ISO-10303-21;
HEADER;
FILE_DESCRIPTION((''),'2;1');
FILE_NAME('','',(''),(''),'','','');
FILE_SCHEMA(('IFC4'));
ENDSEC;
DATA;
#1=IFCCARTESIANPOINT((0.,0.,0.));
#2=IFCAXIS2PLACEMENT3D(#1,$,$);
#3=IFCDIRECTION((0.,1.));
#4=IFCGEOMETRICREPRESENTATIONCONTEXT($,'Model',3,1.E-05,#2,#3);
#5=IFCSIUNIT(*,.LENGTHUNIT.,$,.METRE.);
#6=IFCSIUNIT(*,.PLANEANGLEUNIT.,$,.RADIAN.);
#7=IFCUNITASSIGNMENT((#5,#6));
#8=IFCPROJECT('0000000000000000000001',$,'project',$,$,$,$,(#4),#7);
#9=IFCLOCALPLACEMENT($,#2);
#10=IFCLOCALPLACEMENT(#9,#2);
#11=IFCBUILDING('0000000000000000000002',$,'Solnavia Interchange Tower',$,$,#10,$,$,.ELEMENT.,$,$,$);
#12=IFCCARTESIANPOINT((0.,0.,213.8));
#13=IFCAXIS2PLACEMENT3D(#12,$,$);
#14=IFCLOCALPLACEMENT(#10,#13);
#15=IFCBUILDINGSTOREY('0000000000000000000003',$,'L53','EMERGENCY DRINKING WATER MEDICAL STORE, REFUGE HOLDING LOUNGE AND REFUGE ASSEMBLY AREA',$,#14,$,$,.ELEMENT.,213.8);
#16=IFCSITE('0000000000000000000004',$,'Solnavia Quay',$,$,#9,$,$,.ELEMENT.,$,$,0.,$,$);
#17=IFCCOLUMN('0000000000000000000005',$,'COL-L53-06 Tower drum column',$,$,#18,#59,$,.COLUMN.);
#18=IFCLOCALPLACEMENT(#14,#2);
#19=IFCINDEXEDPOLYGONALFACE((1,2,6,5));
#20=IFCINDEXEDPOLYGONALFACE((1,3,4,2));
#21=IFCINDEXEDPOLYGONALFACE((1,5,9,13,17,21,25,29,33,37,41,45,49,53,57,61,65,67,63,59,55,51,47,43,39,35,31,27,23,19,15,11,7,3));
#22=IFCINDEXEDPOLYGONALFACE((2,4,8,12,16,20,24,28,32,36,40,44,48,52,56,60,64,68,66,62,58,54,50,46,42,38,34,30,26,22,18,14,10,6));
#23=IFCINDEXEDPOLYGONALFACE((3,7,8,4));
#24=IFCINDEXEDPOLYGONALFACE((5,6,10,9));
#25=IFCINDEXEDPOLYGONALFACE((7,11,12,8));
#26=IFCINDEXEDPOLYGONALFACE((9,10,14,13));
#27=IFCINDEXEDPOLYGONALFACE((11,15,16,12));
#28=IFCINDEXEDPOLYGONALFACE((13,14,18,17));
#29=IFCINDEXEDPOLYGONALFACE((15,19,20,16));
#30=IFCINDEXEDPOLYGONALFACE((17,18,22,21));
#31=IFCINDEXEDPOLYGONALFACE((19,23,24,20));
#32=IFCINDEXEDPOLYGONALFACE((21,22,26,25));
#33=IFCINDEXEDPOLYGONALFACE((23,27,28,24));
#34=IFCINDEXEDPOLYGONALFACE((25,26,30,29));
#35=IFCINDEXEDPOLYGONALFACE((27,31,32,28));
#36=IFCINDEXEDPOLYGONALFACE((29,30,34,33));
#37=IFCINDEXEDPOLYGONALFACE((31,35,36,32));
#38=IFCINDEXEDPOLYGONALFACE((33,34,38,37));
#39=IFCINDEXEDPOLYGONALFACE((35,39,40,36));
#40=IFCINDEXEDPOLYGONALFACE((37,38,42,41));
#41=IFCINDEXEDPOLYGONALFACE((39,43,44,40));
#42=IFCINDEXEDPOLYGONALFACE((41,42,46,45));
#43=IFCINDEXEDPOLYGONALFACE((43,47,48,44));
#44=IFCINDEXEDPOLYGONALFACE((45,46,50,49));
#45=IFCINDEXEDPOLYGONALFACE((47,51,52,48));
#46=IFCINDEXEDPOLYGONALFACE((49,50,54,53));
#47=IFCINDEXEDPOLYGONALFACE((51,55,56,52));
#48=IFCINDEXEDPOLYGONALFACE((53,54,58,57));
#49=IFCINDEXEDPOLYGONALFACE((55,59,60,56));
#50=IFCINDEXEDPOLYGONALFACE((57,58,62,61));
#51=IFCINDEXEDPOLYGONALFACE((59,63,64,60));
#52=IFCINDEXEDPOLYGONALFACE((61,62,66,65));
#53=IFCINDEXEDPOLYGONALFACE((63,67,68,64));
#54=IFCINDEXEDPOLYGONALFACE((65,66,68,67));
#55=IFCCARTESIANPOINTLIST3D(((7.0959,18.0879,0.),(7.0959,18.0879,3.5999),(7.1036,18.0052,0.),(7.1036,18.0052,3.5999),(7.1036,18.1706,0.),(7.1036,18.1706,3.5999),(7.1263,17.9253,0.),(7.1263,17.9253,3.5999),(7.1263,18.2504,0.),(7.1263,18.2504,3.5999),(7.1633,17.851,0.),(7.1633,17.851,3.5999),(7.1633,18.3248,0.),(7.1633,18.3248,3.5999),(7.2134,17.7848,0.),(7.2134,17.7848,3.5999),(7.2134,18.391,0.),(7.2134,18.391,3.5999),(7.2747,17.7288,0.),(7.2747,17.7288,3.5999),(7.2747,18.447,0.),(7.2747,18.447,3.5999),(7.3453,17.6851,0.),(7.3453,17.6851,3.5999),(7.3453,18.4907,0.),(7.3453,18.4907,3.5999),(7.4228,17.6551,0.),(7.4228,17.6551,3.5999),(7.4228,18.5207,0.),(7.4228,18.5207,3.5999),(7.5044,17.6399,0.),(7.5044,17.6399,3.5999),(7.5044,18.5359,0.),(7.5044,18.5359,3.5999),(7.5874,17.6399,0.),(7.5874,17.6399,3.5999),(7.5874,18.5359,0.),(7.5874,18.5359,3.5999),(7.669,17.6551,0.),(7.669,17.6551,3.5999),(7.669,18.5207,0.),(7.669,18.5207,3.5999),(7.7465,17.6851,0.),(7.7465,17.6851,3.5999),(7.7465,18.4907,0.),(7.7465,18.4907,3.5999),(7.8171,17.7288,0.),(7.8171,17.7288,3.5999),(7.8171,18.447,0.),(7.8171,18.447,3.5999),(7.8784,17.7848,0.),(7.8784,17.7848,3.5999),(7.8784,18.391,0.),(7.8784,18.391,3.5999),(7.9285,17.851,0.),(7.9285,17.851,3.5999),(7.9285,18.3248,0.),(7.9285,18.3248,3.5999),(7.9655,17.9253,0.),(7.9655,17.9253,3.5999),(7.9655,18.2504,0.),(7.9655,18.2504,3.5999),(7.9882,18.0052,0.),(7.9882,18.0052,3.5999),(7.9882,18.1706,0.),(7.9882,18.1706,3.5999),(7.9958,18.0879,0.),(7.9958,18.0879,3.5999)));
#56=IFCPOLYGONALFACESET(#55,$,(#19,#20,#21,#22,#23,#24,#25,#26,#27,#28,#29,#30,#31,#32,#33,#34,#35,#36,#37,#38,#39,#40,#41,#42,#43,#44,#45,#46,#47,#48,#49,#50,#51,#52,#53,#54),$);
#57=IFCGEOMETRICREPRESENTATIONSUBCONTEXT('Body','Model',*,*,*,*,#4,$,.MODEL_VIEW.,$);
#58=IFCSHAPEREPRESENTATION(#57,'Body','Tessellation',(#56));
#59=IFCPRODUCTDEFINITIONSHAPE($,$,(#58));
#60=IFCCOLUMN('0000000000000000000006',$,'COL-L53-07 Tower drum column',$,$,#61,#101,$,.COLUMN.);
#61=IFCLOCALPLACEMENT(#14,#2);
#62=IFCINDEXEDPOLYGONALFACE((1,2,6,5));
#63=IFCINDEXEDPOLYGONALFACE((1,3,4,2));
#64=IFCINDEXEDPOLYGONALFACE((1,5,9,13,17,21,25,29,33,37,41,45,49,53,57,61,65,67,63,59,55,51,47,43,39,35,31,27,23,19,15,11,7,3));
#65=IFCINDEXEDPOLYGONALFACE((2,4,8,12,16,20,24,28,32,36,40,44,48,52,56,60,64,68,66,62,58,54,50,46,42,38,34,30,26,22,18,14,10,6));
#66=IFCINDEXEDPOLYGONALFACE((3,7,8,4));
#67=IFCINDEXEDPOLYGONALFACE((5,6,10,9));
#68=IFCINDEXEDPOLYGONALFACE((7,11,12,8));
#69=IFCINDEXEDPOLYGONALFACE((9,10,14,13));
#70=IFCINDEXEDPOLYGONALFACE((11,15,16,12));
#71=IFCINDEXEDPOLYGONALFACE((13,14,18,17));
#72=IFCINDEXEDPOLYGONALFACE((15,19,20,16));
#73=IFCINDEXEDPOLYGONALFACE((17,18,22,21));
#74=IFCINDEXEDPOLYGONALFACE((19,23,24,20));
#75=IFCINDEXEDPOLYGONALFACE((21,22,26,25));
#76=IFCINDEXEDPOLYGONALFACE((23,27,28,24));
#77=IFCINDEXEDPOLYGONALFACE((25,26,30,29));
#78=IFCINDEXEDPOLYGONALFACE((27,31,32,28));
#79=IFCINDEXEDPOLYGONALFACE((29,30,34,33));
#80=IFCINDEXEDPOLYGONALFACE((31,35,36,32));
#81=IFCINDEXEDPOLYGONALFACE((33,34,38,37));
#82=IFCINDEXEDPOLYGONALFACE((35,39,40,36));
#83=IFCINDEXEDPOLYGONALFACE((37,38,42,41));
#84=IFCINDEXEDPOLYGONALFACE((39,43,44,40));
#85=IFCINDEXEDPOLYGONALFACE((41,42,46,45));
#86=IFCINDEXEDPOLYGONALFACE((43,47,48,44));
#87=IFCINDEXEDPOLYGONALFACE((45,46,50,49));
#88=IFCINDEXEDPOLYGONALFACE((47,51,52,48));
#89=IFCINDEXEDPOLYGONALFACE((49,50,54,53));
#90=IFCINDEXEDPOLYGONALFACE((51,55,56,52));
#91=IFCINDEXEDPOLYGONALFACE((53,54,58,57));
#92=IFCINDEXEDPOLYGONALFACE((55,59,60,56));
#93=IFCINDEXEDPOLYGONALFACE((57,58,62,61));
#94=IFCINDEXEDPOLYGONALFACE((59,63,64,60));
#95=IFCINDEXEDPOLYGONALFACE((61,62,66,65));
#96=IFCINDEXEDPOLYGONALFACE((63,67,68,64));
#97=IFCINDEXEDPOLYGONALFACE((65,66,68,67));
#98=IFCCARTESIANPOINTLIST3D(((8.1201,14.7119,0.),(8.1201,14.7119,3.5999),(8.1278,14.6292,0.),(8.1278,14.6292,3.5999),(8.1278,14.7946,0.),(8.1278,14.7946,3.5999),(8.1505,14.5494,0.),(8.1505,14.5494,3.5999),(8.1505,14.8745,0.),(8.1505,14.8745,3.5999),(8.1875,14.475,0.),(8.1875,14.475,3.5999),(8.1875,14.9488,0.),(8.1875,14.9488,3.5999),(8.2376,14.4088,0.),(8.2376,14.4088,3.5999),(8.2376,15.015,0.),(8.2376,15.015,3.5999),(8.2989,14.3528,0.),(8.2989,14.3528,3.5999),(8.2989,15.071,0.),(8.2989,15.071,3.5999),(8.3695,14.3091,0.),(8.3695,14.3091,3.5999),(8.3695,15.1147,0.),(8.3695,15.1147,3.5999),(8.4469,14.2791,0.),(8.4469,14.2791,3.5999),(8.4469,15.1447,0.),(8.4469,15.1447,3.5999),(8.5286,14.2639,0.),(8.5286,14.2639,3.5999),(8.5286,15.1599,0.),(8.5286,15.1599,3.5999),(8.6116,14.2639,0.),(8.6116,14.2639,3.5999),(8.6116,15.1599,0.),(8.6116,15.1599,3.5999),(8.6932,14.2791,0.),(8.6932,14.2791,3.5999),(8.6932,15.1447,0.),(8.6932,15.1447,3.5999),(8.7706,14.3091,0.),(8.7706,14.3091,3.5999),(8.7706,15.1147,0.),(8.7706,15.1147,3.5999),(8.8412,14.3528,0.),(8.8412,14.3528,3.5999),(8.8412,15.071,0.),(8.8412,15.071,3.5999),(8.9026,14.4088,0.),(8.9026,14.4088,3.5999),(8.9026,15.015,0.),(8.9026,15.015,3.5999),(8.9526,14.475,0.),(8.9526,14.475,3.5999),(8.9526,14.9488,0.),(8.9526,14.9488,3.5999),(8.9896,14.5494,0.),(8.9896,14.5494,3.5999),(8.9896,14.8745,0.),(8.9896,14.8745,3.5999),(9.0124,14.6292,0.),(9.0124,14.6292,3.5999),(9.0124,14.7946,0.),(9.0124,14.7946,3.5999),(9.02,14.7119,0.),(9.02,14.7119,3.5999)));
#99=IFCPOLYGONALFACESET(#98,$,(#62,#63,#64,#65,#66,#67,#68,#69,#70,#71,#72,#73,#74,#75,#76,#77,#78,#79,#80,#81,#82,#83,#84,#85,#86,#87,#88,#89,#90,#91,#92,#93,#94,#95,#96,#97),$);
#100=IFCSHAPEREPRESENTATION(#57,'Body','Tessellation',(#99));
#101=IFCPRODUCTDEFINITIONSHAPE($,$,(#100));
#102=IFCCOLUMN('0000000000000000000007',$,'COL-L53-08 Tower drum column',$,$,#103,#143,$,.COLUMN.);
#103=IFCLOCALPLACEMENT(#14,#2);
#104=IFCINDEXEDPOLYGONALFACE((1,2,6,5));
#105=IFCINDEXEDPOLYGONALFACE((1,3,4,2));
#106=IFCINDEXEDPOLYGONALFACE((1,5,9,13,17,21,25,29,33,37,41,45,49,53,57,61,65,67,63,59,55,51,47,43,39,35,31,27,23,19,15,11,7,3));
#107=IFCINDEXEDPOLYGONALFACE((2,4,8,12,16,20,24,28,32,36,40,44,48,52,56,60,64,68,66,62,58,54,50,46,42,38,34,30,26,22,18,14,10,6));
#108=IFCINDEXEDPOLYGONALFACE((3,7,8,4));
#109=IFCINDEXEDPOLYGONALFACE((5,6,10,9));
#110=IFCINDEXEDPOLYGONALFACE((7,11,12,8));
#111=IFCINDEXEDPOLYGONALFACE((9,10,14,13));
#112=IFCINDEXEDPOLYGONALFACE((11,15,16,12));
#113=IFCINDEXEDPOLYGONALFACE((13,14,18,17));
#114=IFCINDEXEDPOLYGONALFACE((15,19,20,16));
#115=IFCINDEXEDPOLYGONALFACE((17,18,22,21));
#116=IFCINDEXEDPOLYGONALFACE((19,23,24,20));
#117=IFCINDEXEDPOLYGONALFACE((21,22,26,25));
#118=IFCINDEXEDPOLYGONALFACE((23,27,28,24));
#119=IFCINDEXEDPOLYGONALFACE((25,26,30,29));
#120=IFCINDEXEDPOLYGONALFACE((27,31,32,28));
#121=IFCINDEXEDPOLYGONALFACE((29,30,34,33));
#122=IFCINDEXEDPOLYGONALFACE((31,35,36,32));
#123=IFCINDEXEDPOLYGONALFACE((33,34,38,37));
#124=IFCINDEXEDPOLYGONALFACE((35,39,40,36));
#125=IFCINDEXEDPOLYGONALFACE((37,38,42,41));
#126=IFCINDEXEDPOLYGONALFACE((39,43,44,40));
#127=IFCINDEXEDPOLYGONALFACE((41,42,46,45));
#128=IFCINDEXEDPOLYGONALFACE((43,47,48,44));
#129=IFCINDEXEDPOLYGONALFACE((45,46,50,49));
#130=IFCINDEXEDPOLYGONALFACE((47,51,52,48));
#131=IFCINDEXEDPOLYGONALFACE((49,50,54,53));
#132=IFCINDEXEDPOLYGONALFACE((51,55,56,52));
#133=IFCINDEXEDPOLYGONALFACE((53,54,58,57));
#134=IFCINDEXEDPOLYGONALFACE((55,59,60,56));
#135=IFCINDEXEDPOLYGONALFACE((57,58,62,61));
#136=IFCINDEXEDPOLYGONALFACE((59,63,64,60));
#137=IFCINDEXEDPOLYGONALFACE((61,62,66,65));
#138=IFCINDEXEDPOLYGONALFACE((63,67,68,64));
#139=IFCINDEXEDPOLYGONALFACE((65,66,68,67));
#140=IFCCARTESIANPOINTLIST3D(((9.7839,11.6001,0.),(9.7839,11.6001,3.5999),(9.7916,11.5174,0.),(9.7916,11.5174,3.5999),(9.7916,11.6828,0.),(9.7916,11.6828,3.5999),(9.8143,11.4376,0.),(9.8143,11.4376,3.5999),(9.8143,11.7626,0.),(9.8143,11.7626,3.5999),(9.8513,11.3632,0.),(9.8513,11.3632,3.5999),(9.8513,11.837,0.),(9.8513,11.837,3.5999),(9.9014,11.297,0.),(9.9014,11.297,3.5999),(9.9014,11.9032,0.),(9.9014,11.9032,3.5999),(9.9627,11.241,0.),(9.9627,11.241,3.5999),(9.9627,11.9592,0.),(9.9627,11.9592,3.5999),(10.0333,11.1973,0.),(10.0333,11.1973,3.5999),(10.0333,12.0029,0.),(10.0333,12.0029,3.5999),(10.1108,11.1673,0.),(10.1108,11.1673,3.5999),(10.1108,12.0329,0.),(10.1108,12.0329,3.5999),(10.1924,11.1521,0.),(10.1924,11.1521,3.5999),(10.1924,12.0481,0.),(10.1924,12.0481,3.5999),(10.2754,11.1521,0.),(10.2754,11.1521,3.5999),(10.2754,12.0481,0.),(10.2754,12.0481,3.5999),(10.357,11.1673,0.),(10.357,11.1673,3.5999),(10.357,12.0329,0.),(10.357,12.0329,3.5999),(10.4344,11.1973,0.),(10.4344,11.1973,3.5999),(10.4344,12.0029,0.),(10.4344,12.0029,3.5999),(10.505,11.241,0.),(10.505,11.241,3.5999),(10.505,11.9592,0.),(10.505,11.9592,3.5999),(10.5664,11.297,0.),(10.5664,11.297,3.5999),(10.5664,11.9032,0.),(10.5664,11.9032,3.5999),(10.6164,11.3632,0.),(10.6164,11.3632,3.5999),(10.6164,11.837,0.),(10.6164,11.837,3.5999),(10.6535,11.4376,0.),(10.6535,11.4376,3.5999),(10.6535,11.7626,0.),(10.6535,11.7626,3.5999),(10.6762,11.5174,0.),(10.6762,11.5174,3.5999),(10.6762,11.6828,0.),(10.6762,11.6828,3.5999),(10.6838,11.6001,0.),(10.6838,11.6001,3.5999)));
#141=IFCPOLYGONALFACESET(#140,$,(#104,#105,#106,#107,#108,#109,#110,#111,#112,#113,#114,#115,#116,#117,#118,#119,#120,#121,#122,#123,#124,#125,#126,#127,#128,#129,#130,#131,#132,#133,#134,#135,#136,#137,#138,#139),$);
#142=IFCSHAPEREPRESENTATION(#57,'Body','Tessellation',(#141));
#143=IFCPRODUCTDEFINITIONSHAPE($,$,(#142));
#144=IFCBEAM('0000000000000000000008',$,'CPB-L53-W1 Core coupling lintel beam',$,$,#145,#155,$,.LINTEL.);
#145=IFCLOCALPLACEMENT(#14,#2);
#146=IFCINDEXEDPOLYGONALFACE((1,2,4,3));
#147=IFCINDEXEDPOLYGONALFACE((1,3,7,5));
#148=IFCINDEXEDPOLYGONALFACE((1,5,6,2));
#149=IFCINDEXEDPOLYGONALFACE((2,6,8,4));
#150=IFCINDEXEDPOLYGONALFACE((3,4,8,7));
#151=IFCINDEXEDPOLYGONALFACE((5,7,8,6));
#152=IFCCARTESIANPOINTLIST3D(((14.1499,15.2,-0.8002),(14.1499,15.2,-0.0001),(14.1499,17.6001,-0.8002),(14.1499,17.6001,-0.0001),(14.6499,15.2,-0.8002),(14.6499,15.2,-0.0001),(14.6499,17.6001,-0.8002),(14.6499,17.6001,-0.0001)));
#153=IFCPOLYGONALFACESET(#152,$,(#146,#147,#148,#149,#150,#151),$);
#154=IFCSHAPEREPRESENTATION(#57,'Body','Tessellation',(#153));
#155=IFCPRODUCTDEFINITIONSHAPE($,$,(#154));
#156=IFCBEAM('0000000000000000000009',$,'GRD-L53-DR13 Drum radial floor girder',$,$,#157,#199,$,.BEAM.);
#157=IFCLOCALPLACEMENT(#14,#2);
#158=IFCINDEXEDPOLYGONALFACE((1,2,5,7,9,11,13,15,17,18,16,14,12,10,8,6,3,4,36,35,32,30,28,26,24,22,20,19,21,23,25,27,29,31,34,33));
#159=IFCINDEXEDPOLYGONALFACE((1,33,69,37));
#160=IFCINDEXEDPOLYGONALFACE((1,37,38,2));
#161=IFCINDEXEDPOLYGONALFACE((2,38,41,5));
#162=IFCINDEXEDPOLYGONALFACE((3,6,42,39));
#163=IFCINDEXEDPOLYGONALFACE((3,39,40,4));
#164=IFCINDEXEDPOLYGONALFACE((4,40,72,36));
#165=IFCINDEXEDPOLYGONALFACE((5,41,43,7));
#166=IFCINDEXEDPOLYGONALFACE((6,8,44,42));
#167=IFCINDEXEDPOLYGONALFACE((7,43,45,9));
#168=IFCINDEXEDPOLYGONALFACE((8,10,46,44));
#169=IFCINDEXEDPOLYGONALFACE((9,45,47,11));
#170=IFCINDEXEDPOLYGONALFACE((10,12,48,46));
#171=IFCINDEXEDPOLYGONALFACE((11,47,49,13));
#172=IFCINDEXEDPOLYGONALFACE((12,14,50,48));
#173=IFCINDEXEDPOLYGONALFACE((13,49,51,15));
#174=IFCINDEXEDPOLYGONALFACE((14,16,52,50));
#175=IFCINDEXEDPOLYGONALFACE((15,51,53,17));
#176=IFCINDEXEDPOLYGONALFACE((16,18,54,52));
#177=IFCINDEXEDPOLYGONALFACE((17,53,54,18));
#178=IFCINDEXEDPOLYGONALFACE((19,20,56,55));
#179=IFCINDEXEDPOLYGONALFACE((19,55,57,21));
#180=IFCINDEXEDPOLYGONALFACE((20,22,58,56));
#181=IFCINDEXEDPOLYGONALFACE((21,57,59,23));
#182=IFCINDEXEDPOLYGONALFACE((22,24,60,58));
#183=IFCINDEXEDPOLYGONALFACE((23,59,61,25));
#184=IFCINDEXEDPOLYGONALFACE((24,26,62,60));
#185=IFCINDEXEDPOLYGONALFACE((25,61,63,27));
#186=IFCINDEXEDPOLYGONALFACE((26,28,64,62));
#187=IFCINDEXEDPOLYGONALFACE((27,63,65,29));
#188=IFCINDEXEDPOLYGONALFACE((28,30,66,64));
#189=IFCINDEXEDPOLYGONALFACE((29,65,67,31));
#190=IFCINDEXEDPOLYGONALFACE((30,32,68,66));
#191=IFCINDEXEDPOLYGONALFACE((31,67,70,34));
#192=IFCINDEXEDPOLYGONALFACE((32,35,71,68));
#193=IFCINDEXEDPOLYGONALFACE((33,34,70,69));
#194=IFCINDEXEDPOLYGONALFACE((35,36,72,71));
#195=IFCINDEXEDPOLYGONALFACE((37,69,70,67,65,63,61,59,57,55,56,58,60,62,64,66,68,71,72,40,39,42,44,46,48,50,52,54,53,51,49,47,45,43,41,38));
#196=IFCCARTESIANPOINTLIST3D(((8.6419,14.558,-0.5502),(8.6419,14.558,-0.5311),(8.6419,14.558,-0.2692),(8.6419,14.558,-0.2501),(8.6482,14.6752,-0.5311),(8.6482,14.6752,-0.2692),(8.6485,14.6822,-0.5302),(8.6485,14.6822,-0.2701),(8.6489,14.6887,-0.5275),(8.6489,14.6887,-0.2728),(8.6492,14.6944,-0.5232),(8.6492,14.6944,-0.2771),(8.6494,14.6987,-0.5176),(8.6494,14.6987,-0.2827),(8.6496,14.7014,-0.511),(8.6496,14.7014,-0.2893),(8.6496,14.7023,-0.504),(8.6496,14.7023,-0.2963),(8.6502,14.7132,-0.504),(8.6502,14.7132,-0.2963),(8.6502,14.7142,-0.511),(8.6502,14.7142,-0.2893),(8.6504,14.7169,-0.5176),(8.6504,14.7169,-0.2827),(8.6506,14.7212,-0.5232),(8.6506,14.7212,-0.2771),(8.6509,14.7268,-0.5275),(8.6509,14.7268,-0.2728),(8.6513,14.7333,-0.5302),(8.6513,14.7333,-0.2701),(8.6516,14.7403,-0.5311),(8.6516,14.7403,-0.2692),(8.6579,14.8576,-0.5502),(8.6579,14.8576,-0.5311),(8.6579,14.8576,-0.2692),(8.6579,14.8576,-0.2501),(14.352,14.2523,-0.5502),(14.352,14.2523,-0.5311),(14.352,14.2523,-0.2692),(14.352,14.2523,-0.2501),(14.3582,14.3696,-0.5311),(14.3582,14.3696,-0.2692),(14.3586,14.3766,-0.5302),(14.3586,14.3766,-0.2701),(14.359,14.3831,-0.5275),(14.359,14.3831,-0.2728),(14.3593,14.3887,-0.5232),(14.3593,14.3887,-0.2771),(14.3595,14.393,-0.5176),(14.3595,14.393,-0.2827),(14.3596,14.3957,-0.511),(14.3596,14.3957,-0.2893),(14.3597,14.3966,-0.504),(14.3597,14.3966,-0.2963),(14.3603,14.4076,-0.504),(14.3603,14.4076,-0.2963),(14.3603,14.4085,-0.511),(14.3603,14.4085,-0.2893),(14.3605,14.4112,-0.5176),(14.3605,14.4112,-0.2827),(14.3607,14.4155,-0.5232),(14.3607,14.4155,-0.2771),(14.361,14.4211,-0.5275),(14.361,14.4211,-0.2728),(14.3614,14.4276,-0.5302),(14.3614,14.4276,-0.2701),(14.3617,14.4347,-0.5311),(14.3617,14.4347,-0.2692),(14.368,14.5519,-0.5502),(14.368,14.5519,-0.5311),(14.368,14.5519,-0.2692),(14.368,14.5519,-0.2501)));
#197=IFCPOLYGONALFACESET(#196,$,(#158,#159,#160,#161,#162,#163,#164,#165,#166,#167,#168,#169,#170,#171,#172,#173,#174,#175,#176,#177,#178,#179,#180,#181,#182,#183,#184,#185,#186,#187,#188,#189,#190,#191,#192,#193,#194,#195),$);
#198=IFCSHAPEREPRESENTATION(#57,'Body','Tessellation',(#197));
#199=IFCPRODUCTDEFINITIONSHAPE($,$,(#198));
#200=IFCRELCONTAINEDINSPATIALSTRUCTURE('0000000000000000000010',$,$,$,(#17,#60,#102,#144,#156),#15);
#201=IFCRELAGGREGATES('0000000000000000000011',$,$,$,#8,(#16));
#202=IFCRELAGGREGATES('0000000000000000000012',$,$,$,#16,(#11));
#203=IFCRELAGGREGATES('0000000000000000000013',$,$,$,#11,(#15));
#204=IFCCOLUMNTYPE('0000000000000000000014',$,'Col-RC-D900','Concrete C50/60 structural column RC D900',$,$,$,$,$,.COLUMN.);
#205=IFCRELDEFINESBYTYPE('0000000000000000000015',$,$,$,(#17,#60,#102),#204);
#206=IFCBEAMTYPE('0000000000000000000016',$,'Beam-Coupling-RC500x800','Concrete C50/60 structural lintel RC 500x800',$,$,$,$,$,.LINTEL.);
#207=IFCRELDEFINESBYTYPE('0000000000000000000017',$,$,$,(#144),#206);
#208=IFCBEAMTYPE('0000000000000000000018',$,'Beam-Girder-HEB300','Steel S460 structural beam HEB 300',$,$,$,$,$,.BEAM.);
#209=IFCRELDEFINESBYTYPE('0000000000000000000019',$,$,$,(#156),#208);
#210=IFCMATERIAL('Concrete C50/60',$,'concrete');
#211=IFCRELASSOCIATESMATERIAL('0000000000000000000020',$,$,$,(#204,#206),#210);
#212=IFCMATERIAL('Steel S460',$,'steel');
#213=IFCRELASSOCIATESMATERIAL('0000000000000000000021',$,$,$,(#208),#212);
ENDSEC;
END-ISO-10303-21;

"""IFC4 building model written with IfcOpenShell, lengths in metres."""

from ifc_helpers import new_model, si_unit, direction, frame, origin, origin_2d, place, context, subcontext, project, spatial, rectangle, circle, i_section, extrude, material, material_profile, profile_set, type_object, element, save


model = new_model("IFC4")

# Units and contexts
model_context = context("Model", 3, precision=1e-05, world=origin(), true_north=direction((0.0, 1.0)))
body_context = subcontext(model_context, "Body", "Model", "MODEL_VIEW")
ifc_project = project(units=[si_unit("LENGTHUNIT", "METRE"), si_unit("PLANEANGLEUNIT", "RADIAN")], contexts=[model_context])

# Site, building, storey
site_placement = place(None, origin())
site = spatial("IfcSite", under=ifc_project, at=site_placement, Name="Solnavia Quay", CompositionType="ELEMENT", RefElevation=0.0)
building_placement = place(site_placement, origin())
building = spatial("IfcBuilding", under=site, at=building_placement, Name="Solnavia Interchange Tower", CompositionType="ELEMENT")
storey_placement = place(building_placement, frame((0.0, 0.0, 213.8)))
storey = spatial("IfcBuildingStorey", under=building, at=storey_placement, Name="L53", Description="EMERGENCY DRINKING WATER MEDICAL STORE, REFUGE HOLDING LOUNGE AND REFUGE ASSEMBLY AREA", CompositionType="ELEMENT", Elevation=213.8)

# Columns
ifc_material_1 = material(Name="Concrete C50/60", Category="concrete")
ifc_material_profile_1 = material_profile(ifc_material_1, circle(Radius=0.45, at=origin_2d()), Name="RC D900")
ifc_profile_set_1 = profile_set([ifc_material_profile_1], Name="Concrete C50/60")
column_type = type_object("IfcColumnType", Name="Col-RC-D900", Description="Concrete C50/60 structural column RC D900", PredefinedType="COLUMN", material=ifc_profile_set_1)
for number, where, z_axis, x_axis, name in (
    (1, (7.5459, 18.0879, 0.0), (0.0, 0.0, 1.0), (1.0, 0.0, 0.0), "COL-L53-06 Tower drum column"),
    (2, (8.5701, 14.7119, 0.0), (0.0, 0.0, 1.0), (1.0, 0.0, 0.0), "COL-L53-07 Tower drum column"),
    (3, (10.2339, 11.6001, 0.0), (0.0, 0.0, 1.0), (1.0, 0.0, 0.0), "COL-L53-08 Tower drum column"),
):
    element("IfcColumn", number, at=place(storey_placement, frame(where, z_axis=z_axis, x_axis=x_axis)), inside=storey, type_object=column_type, Name=name, PredefinedType="COLUMN", context=body_context, shape_type="SweptSolid", body=[
        extrude(circle(Radius=0.45, at=origin_2d()), origin(), (0.0, 0.0, 1.0), 3.5999),
    ])

# Beams
ifc_material_profile_2 = material_profile(ifc_material_1, rectangle(XDim=0.5, YDim=0.8, at=origin_2d()), Name="RC 500x800")
ifc_profile_set_2 = profile_set([ifc_material_profile_2], Name="Concrete C50/60")
beam_type_1 = type_object("IfcBeamType", Name="Beam-Coupling-RC500x800", Description="Concrete C50/60 structural lintel RC 500x800", PredefinedType="LINTEL", material=ifc_profile_set_2)
beam_1_placement = place(storey_placement, frame((14.3999, 15.2, -0.4001), z_axis=(0.0, 1.0, 0.0), x_axis=(-1.0, 0.0, 0.0)))
element("IfcBeam", 4, at=beam_1_placement, inside=storey, type_object=beam_type_1, Name="CPB-L53-W1 Core coupling lintel beam", PredefinedType="LINTEL", context=body_context, shape_type="SweptSolid", body=[
    extrude(rectangle(XDim=0.5, YDim=0.8, at=origin_2d()), origin(), (0.0, 0.0, 1.0), 2.4001),
])
ifc_material_2 = material(Name="Steel S460", Category="steel")
ifc_material_profile_3 = material_profile(ifc_material_2, i_section(OverallWidth=0.3, OverallDepth=0.3, WebThickness=0.011, FlangeThickness=0.019, FilletRadius=0.0271, at=origin_2d()), Name="HEB 300")
ifc_profile_set_3 = profile_set([ifc_material_profile_3], Name="Steel S460")
beam_type_2 = type_object("IfcBeamType", Name="Beam-Girder-HEB300", Description="Steel S460 structural beam HEB 300", PredefinedType="BEAM", material=ifc_profile_set_3)
beam_2_placement = place(storey_placement, frame((8.6499, 14.7078, -0.4001), z_axis=(0.99857, -0.053453, 0.0), x_axis=(0.053453, 0.99857, 0.0)))
element("IfcBeam", 5, at=beam_2_placement, inside=storey, type_object=beam_type_2, Name="GRD-L53-DR13 Drum radial floor girder", PredefinedType="BEAM", context=body_context, shape_type="SweptSolid", body=[
    extrude(i_section(OverallWidth=0.3, OverallDepth=0.3, WebThickness=0.011, FlangeThickness=0.019, FilletRadius=0.0271, at=origin_2d()), origin(), (0.0, 0.0, 1.0), 5.7183),
])

save(model, "model.ifc")
